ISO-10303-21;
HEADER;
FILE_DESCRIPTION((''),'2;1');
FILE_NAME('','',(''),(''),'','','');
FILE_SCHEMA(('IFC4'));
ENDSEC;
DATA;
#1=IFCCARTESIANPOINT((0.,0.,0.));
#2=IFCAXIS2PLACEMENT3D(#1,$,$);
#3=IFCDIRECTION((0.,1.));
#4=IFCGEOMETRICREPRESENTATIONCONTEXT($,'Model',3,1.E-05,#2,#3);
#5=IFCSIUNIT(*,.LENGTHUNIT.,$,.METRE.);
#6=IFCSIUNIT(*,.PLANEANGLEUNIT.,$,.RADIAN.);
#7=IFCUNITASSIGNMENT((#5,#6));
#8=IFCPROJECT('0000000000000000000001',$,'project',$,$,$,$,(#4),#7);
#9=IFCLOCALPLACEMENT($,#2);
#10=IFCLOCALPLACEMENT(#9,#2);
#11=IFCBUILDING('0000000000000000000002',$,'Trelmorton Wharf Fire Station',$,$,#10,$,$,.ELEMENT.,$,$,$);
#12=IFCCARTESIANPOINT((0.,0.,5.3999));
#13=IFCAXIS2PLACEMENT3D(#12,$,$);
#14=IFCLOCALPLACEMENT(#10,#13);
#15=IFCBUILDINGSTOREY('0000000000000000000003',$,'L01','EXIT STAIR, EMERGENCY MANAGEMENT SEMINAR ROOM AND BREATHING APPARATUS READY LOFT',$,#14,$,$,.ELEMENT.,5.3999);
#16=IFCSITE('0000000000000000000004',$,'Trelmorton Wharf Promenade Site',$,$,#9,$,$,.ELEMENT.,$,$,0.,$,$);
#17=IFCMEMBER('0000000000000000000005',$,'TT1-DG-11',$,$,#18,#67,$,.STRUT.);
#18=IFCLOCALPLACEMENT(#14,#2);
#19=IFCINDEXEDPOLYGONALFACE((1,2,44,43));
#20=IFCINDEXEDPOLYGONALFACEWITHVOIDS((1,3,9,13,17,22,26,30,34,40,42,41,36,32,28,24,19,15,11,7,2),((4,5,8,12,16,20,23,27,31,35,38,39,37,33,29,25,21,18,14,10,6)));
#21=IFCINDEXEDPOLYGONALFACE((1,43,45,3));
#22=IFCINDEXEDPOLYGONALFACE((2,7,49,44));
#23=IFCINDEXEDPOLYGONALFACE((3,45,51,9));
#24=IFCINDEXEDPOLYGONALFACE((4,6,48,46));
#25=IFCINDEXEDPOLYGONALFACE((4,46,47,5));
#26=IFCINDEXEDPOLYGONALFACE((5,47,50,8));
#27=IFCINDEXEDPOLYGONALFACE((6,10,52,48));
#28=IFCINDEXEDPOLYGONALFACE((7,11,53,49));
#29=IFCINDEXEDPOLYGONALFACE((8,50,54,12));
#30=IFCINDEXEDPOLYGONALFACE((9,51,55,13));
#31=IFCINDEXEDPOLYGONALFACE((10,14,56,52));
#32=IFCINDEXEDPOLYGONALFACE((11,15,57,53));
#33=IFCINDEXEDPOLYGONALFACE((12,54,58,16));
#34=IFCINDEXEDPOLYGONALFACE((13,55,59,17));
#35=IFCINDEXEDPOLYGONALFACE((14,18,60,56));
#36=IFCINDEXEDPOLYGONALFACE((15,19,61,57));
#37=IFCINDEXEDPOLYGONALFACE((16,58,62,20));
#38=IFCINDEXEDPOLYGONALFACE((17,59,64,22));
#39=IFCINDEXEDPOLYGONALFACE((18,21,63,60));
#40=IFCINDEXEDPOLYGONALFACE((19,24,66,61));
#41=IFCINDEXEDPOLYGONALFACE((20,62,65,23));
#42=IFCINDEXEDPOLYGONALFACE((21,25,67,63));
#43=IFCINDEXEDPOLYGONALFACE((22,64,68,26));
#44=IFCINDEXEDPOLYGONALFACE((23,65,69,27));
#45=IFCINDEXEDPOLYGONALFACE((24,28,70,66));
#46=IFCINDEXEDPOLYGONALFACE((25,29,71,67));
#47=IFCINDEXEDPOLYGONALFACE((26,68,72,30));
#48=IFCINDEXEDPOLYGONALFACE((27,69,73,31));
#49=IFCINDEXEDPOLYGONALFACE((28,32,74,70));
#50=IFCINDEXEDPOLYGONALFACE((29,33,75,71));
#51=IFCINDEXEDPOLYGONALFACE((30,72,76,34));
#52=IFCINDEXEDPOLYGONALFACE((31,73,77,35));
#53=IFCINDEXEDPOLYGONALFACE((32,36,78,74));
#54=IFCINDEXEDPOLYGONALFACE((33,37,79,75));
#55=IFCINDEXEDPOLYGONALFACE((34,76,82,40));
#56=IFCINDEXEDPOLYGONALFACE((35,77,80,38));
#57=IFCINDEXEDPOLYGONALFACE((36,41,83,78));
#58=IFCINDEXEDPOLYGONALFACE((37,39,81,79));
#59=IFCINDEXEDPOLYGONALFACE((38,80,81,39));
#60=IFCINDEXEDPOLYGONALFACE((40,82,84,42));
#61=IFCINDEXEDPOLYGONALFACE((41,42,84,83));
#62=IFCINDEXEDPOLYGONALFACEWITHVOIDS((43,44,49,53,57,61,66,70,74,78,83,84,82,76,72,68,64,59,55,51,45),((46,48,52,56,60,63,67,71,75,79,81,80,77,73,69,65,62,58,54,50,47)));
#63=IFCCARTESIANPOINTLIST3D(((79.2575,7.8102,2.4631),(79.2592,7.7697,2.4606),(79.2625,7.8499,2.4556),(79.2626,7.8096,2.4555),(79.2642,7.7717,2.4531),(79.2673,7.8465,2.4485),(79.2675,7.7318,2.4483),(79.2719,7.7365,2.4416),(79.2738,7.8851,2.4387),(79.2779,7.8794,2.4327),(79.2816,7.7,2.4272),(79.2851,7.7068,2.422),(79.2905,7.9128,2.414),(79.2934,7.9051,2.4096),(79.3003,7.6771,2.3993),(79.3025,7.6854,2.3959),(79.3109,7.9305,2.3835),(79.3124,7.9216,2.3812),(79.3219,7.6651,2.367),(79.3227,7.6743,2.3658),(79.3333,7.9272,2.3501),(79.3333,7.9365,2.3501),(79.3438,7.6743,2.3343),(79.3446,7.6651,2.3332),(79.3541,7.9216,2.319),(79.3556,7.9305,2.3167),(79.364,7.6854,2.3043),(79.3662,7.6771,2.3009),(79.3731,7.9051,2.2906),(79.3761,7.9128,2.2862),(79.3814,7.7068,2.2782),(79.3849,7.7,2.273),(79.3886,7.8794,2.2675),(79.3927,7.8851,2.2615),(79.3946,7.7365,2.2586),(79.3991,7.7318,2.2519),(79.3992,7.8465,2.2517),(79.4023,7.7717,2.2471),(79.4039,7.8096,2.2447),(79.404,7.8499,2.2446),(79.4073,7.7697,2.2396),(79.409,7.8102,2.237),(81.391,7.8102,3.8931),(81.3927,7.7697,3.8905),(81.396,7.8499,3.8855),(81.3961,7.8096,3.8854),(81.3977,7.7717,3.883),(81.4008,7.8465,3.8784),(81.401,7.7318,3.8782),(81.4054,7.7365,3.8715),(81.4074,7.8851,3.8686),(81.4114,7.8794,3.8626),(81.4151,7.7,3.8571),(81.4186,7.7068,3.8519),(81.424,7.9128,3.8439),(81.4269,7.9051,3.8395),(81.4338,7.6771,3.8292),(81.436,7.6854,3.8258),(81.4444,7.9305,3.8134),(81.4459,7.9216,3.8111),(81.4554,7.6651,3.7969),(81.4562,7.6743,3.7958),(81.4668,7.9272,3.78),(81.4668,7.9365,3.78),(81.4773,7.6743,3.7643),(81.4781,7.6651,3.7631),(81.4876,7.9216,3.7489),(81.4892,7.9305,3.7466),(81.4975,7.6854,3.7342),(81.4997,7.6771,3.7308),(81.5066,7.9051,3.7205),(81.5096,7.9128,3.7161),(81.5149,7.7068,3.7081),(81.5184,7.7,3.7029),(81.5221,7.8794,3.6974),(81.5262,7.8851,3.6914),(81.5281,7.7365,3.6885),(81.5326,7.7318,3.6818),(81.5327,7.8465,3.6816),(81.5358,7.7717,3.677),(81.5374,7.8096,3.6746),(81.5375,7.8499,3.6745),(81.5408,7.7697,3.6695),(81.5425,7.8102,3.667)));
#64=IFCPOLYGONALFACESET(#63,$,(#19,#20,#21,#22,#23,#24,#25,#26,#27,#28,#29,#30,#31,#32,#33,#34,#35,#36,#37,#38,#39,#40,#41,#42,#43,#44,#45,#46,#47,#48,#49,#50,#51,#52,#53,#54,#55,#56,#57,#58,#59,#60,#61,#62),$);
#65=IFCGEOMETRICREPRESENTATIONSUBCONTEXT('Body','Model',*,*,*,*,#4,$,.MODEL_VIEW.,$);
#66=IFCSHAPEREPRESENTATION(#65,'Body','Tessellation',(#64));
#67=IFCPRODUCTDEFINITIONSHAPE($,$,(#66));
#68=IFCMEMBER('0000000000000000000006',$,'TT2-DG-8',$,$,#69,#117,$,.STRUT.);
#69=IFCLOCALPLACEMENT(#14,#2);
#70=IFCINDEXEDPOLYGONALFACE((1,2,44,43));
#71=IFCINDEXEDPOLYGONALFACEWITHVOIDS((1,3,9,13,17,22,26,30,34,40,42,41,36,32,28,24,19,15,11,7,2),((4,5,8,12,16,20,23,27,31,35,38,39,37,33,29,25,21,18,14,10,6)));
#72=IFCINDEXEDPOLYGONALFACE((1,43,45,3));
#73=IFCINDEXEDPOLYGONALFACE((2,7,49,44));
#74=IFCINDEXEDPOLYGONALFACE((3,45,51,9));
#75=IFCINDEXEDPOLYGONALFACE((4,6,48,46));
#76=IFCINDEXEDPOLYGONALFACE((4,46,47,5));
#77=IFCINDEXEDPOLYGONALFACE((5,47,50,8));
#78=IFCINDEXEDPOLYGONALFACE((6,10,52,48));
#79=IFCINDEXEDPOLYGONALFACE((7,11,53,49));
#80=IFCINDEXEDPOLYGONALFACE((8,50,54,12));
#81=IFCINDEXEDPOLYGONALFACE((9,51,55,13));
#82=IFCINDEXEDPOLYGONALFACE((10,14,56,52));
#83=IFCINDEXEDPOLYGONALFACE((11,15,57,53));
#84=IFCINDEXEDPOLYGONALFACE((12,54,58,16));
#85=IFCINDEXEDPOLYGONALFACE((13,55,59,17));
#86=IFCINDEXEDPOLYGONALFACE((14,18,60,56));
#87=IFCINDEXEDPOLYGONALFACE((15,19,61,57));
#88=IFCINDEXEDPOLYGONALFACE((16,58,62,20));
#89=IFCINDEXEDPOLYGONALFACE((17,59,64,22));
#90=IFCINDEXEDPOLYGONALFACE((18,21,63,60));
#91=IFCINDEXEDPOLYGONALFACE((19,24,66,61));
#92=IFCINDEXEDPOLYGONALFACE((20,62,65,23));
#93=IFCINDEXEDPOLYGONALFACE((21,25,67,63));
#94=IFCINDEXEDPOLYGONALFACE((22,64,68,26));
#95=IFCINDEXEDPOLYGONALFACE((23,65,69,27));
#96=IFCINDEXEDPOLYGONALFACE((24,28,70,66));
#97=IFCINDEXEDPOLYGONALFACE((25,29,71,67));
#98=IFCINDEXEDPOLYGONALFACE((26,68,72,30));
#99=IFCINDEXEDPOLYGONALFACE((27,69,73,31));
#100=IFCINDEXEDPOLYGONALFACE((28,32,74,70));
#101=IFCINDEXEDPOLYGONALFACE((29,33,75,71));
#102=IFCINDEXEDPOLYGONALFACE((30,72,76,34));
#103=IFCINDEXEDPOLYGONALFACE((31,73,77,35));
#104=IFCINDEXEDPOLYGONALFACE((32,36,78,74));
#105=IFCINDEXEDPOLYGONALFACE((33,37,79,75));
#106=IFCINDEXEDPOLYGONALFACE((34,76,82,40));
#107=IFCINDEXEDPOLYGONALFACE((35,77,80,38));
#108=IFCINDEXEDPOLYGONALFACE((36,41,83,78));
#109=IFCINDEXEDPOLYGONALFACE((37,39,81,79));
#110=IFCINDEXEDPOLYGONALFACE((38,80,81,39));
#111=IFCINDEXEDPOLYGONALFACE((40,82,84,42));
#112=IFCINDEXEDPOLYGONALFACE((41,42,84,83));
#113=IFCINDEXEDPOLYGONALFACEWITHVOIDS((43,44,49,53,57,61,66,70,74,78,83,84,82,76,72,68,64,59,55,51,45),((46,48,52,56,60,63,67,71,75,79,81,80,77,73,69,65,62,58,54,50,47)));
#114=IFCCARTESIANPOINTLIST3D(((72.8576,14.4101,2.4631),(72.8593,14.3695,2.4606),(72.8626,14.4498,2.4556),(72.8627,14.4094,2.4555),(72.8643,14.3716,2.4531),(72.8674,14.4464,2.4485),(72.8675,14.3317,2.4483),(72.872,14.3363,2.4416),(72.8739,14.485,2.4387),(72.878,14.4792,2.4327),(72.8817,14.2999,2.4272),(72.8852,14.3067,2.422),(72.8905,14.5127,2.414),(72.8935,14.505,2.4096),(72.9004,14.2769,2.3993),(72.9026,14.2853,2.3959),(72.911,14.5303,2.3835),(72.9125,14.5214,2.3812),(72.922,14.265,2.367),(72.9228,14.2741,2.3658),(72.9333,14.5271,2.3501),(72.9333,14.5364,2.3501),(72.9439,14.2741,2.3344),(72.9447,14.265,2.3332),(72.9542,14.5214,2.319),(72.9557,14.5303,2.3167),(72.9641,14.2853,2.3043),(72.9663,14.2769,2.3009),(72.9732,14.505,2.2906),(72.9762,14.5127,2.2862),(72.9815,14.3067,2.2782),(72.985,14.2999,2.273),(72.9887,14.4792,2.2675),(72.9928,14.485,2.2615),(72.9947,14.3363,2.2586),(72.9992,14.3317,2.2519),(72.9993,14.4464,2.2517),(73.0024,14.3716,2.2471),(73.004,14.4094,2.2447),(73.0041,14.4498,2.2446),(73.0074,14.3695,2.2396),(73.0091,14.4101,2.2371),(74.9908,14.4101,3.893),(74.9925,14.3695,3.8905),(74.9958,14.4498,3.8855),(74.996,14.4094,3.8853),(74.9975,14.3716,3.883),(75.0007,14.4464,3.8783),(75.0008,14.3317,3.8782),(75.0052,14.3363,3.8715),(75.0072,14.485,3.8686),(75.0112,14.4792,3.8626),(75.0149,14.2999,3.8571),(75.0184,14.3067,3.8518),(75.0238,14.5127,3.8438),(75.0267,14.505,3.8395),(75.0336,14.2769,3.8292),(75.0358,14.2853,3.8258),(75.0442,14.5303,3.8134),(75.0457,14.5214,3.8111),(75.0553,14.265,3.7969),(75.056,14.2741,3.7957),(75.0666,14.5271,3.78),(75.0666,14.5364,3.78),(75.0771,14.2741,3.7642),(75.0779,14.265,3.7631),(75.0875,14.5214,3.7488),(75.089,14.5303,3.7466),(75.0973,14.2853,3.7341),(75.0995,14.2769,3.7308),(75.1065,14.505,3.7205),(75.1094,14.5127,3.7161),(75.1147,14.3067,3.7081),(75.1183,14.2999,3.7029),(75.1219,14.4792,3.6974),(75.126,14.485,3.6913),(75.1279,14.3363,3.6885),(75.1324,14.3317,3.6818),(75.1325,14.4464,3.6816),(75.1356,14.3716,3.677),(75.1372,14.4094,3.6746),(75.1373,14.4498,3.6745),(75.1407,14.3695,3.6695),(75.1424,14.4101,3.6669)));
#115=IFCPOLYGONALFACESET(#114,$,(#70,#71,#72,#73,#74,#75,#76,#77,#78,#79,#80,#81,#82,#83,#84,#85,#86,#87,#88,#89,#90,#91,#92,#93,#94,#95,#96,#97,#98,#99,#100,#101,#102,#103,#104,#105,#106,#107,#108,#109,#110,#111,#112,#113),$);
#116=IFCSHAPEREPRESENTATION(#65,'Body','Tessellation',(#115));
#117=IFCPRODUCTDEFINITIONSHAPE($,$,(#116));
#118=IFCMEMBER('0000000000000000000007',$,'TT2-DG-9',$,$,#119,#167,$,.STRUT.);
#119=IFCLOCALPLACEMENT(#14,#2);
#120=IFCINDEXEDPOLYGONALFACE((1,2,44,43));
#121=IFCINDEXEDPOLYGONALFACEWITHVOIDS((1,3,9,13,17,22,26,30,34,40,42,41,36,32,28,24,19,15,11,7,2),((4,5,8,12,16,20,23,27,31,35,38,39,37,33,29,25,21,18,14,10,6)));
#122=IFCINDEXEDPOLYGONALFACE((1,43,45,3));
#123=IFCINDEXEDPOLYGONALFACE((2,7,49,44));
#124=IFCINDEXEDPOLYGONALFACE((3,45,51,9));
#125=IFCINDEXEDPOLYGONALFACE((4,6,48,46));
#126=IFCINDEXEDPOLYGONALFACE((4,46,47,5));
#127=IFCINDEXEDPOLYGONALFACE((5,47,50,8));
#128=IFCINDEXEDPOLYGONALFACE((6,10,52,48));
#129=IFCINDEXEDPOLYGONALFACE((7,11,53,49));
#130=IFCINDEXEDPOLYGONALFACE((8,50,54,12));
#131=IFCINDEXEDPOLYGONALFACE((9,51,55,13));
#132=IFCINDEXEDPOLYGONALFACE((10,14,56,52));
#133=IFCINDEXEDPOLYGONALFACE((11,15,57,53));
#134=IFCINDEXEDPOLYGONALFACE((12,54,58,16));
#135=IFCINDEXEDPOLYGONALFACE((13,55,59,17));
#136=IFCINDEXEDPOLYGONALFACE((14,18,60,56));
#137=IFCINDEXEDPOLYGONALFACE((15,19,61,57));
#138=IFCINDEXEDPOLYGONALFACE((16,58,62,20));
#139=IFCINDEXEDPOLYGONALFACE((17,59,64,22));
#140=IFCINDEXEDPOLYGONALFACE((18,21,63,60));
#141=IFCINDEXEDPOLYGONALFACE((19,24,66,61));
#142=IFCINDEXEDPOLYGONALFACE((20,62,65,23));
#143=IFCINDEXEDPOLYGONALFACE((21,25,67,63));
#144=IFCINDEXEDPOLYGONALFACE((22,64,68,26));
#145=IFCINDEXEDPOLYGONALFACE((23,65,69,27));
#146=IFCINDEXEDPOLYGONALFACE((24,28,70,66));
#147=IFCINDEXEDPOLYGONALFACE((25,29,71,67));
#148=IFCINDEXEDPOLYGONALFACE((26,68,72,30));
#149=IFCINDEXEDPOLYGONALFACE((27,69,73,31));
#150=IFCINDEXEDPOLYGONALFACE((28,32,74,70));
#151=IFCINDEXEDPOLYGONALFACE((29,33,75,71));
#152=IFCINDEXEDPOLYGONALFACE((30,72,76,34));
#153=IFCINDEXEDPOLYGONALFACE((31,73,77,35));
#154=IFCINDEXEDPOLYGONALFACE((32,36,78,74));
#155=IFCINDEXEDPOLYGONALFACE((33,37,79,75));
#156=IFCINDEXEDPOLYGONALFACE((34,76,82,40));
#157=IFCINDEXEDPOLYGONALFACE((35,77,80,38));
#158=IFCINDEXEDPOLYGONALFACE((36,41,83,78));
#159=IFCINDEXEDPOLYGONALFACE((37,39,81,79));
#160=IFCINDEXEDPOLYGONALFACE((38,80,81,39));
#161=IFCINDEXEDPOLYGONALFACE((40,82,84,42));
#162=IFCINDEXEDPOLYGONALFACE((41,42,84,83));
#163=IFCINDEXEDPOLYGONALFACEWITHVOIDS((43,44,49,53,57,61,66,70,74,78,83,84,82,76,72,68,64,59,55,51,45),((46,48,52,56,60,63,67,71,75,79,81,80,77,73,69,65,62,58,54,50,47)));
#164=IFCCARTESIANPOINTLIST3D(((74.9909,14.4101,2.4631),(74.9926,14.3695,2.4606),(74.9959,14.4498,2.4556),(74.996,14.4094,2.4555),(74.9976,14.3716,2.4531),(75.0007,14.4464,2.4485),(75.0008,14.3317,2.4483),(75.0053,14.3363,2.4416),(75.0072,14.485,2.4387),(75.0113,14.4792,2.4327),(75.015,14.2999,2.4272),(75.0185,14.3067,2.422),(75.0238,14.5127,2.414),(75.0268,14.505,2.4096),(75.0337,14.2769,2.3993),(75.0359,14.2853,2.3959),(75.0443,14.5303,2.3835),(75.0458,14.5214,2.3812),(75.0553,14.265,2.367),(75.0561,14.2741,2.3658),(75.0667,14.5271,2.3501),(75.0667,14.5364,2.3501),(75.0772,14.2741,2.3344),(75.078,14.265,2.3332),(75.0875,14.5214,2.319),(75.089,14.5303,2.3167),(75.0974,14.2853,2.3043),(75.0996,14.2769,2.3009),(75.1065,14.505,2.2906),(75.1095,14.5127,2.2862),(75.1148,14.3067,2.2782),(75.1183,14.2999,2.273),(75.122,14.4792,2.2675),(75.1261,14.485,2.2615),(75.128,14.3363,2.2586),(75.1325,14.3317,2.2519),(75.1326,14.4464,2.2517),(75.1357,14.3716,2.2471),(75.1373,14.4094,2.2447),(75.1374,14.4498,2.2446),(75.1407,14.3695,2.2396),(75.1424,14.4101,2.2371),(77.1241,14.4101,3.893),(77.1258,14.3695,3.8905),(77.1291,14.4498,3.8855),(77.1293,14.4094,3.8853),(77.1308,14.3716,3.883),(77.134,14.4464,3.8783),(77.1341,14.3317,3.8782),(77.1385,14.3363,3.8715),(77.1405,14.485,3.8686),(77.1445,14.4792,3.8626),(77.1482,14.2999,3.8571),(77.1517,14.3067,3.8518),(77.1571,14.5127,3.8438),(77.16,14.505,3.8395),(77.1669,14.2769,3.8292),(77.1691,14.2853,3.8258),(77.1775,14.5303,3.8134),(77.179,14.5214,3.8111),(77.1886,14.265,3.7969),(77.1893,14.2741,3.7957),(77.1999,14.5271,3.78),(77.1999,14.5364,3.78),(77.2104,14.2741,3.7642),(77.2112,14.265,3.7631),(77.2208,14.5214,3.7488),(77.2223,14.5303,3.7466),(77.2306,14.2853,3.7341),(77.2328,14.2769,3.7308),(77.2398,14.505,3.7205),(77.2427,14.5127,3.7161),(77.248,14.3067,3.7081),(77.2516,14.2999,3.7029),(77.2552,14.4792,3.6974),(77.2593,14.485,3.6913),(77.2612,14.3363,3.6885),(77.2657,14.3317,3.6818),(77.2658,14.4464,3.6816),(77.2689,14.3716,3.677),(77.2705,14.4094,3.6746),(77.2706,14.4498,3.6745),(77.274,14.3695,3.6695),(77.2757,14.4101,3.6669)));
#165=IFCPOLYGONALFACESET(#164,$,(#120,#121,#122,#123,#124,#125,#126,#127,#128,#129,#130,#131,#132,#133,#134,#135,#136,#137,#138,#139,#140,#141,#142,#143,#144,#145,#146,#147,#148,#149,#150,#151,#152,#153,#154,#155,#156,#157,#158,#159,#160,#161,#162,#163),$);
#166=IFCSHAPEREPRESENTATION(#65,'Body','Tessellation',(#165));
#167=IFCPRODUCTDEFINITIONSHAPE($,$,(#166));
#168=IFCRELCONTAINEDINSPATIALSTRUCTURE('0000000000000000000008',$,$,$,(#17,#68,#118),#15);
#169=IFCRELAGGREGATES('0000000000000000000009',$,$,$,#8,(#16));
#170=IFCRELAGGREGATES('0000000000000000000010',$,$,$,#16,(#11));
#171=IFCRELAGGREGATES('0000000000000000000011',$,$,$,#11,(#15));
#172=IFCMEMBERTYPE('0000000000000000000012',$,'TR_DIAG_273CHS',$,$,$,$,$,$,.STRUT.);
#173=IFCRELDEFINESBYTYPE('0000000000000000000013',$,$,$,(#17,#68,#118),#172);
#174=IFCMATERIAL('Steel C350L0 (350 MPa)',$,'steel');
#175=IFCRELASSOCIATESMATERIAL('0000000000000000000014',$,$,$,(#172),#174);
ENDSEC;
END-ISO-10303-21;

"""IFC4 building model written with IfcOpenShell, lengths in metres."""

from ifc_helpers import new_model, si_unit, direction, frame, origin, origin_2d, place, context, subcontext, project, spatial, hollow_circle, extrude, material, material_profile, profile_set, type_object, element, save


model = new_model("IFC4")

# Units and contexts
model_context = context("Model", 3, precision=1e-05, world=origin(), true_north=direction((0.0, 1.0)))
body_context = subcontext(model_context, "Body", "Model", "MODEL_VIEW")
ifc_project = project(units=[si_unit("LENGTHUNIT", "METRE"), si_unit("PLANEANGLEUNIT", "RADIAN")], contexts=[model_context])

# Site, building, storey
site_placement = place(None, origin())
site = spatial("IfcSite", under=ifc_project, at=site_placement, Name="Trelmorton Wharf Promenade Site", CompositionType="ELEMENT", RefElevation=0.0)
building_placement = place(site_placement, origin())
building = spatial("IfcBuilding", under=site, at=building_placement, Name="Trelmorton Wharf Fire Station", CompositionType="ELEMENT")
storey_placement = place(building_placement, frame((0.0, 0.0, 5.3999)))
storey = spatial("IfcBuildingStorey", under=building, at=storey_placement, Name="L01", Description="EXIT STAIR, EMERGENCY MANAGEMENT SEMINAR ROOM AND BREATHING APPARATUS READY LOFT", CompositionType="ELEMENT", Elevation=5.3999)

# Members
ifc_material_1 = material(Name="Steel C350L0 (350 MPa)", Category="steel")
ifc_material_profile_1 = material_profile(ifc_material_1, hollow_circle(Radius=0.1365, WallThickness=0.0093, at=origin_2d()), Name="273.1x9.3CHS")
ifc_profile_set_1 = profile_set([ifc_material_profile_1], Name="Steel C350L0 (350 MPa)")
member_type_1 = type_object("IfcMemberType", Name="TR_DIAG_273CHS", PredefinedType="STRUT", material=ifc_profile_set_1)
member_placement = place(storey_placement, frame((79.3333, 7.8, 2.3501), z_axis=(0.830688, 0.0, 0.556739), x_axis=(0.0, 1.0, 0.0)))
element("IfcMember", 1, at=member_placement, inside=storey, type_object=member_type_1, Name="TT1-DG-11", PredefinedType="STRUT", context=body_context, shape_type="SweptSolid", body=[
    extrude(hollow_circle(Radius=0.1365, WallThickness=0.0093, at=origin_2d()), origin(), (0.0, 0.0, 1.0), 2.5684),
])
for number, where, z_axis, x_axis, name in (
    (2, (72.9333, 14.3999, 2.3501), (0.830658, 0.0, 0.556783), (0.0, 1.0, 0.0), "TT2-DG-8"),
    (3, (75.0667, 14.3999, 2.3501), (0.830658, 0.0, 0.556783), (0.0, 1.0, 0.0), "TT2-DG-9"),
):
    element("IfcMember", number, at=place(storey_placement, frame(where, z_axis=z_axis, x_axis=x_axis)), inside=storey, type_object=member_type_1, Name=name, PredefinedType="STRUT", context=body_context, shape_type="SweptSolid", body=[
        extrude(hollow_circle(Radius=0.1365, WallThickness=0.0093, at=origin_2d()), origin(), (0.0, 0.0, 1.0), 2.5681),
    ])

save(model, "model.ifc")
